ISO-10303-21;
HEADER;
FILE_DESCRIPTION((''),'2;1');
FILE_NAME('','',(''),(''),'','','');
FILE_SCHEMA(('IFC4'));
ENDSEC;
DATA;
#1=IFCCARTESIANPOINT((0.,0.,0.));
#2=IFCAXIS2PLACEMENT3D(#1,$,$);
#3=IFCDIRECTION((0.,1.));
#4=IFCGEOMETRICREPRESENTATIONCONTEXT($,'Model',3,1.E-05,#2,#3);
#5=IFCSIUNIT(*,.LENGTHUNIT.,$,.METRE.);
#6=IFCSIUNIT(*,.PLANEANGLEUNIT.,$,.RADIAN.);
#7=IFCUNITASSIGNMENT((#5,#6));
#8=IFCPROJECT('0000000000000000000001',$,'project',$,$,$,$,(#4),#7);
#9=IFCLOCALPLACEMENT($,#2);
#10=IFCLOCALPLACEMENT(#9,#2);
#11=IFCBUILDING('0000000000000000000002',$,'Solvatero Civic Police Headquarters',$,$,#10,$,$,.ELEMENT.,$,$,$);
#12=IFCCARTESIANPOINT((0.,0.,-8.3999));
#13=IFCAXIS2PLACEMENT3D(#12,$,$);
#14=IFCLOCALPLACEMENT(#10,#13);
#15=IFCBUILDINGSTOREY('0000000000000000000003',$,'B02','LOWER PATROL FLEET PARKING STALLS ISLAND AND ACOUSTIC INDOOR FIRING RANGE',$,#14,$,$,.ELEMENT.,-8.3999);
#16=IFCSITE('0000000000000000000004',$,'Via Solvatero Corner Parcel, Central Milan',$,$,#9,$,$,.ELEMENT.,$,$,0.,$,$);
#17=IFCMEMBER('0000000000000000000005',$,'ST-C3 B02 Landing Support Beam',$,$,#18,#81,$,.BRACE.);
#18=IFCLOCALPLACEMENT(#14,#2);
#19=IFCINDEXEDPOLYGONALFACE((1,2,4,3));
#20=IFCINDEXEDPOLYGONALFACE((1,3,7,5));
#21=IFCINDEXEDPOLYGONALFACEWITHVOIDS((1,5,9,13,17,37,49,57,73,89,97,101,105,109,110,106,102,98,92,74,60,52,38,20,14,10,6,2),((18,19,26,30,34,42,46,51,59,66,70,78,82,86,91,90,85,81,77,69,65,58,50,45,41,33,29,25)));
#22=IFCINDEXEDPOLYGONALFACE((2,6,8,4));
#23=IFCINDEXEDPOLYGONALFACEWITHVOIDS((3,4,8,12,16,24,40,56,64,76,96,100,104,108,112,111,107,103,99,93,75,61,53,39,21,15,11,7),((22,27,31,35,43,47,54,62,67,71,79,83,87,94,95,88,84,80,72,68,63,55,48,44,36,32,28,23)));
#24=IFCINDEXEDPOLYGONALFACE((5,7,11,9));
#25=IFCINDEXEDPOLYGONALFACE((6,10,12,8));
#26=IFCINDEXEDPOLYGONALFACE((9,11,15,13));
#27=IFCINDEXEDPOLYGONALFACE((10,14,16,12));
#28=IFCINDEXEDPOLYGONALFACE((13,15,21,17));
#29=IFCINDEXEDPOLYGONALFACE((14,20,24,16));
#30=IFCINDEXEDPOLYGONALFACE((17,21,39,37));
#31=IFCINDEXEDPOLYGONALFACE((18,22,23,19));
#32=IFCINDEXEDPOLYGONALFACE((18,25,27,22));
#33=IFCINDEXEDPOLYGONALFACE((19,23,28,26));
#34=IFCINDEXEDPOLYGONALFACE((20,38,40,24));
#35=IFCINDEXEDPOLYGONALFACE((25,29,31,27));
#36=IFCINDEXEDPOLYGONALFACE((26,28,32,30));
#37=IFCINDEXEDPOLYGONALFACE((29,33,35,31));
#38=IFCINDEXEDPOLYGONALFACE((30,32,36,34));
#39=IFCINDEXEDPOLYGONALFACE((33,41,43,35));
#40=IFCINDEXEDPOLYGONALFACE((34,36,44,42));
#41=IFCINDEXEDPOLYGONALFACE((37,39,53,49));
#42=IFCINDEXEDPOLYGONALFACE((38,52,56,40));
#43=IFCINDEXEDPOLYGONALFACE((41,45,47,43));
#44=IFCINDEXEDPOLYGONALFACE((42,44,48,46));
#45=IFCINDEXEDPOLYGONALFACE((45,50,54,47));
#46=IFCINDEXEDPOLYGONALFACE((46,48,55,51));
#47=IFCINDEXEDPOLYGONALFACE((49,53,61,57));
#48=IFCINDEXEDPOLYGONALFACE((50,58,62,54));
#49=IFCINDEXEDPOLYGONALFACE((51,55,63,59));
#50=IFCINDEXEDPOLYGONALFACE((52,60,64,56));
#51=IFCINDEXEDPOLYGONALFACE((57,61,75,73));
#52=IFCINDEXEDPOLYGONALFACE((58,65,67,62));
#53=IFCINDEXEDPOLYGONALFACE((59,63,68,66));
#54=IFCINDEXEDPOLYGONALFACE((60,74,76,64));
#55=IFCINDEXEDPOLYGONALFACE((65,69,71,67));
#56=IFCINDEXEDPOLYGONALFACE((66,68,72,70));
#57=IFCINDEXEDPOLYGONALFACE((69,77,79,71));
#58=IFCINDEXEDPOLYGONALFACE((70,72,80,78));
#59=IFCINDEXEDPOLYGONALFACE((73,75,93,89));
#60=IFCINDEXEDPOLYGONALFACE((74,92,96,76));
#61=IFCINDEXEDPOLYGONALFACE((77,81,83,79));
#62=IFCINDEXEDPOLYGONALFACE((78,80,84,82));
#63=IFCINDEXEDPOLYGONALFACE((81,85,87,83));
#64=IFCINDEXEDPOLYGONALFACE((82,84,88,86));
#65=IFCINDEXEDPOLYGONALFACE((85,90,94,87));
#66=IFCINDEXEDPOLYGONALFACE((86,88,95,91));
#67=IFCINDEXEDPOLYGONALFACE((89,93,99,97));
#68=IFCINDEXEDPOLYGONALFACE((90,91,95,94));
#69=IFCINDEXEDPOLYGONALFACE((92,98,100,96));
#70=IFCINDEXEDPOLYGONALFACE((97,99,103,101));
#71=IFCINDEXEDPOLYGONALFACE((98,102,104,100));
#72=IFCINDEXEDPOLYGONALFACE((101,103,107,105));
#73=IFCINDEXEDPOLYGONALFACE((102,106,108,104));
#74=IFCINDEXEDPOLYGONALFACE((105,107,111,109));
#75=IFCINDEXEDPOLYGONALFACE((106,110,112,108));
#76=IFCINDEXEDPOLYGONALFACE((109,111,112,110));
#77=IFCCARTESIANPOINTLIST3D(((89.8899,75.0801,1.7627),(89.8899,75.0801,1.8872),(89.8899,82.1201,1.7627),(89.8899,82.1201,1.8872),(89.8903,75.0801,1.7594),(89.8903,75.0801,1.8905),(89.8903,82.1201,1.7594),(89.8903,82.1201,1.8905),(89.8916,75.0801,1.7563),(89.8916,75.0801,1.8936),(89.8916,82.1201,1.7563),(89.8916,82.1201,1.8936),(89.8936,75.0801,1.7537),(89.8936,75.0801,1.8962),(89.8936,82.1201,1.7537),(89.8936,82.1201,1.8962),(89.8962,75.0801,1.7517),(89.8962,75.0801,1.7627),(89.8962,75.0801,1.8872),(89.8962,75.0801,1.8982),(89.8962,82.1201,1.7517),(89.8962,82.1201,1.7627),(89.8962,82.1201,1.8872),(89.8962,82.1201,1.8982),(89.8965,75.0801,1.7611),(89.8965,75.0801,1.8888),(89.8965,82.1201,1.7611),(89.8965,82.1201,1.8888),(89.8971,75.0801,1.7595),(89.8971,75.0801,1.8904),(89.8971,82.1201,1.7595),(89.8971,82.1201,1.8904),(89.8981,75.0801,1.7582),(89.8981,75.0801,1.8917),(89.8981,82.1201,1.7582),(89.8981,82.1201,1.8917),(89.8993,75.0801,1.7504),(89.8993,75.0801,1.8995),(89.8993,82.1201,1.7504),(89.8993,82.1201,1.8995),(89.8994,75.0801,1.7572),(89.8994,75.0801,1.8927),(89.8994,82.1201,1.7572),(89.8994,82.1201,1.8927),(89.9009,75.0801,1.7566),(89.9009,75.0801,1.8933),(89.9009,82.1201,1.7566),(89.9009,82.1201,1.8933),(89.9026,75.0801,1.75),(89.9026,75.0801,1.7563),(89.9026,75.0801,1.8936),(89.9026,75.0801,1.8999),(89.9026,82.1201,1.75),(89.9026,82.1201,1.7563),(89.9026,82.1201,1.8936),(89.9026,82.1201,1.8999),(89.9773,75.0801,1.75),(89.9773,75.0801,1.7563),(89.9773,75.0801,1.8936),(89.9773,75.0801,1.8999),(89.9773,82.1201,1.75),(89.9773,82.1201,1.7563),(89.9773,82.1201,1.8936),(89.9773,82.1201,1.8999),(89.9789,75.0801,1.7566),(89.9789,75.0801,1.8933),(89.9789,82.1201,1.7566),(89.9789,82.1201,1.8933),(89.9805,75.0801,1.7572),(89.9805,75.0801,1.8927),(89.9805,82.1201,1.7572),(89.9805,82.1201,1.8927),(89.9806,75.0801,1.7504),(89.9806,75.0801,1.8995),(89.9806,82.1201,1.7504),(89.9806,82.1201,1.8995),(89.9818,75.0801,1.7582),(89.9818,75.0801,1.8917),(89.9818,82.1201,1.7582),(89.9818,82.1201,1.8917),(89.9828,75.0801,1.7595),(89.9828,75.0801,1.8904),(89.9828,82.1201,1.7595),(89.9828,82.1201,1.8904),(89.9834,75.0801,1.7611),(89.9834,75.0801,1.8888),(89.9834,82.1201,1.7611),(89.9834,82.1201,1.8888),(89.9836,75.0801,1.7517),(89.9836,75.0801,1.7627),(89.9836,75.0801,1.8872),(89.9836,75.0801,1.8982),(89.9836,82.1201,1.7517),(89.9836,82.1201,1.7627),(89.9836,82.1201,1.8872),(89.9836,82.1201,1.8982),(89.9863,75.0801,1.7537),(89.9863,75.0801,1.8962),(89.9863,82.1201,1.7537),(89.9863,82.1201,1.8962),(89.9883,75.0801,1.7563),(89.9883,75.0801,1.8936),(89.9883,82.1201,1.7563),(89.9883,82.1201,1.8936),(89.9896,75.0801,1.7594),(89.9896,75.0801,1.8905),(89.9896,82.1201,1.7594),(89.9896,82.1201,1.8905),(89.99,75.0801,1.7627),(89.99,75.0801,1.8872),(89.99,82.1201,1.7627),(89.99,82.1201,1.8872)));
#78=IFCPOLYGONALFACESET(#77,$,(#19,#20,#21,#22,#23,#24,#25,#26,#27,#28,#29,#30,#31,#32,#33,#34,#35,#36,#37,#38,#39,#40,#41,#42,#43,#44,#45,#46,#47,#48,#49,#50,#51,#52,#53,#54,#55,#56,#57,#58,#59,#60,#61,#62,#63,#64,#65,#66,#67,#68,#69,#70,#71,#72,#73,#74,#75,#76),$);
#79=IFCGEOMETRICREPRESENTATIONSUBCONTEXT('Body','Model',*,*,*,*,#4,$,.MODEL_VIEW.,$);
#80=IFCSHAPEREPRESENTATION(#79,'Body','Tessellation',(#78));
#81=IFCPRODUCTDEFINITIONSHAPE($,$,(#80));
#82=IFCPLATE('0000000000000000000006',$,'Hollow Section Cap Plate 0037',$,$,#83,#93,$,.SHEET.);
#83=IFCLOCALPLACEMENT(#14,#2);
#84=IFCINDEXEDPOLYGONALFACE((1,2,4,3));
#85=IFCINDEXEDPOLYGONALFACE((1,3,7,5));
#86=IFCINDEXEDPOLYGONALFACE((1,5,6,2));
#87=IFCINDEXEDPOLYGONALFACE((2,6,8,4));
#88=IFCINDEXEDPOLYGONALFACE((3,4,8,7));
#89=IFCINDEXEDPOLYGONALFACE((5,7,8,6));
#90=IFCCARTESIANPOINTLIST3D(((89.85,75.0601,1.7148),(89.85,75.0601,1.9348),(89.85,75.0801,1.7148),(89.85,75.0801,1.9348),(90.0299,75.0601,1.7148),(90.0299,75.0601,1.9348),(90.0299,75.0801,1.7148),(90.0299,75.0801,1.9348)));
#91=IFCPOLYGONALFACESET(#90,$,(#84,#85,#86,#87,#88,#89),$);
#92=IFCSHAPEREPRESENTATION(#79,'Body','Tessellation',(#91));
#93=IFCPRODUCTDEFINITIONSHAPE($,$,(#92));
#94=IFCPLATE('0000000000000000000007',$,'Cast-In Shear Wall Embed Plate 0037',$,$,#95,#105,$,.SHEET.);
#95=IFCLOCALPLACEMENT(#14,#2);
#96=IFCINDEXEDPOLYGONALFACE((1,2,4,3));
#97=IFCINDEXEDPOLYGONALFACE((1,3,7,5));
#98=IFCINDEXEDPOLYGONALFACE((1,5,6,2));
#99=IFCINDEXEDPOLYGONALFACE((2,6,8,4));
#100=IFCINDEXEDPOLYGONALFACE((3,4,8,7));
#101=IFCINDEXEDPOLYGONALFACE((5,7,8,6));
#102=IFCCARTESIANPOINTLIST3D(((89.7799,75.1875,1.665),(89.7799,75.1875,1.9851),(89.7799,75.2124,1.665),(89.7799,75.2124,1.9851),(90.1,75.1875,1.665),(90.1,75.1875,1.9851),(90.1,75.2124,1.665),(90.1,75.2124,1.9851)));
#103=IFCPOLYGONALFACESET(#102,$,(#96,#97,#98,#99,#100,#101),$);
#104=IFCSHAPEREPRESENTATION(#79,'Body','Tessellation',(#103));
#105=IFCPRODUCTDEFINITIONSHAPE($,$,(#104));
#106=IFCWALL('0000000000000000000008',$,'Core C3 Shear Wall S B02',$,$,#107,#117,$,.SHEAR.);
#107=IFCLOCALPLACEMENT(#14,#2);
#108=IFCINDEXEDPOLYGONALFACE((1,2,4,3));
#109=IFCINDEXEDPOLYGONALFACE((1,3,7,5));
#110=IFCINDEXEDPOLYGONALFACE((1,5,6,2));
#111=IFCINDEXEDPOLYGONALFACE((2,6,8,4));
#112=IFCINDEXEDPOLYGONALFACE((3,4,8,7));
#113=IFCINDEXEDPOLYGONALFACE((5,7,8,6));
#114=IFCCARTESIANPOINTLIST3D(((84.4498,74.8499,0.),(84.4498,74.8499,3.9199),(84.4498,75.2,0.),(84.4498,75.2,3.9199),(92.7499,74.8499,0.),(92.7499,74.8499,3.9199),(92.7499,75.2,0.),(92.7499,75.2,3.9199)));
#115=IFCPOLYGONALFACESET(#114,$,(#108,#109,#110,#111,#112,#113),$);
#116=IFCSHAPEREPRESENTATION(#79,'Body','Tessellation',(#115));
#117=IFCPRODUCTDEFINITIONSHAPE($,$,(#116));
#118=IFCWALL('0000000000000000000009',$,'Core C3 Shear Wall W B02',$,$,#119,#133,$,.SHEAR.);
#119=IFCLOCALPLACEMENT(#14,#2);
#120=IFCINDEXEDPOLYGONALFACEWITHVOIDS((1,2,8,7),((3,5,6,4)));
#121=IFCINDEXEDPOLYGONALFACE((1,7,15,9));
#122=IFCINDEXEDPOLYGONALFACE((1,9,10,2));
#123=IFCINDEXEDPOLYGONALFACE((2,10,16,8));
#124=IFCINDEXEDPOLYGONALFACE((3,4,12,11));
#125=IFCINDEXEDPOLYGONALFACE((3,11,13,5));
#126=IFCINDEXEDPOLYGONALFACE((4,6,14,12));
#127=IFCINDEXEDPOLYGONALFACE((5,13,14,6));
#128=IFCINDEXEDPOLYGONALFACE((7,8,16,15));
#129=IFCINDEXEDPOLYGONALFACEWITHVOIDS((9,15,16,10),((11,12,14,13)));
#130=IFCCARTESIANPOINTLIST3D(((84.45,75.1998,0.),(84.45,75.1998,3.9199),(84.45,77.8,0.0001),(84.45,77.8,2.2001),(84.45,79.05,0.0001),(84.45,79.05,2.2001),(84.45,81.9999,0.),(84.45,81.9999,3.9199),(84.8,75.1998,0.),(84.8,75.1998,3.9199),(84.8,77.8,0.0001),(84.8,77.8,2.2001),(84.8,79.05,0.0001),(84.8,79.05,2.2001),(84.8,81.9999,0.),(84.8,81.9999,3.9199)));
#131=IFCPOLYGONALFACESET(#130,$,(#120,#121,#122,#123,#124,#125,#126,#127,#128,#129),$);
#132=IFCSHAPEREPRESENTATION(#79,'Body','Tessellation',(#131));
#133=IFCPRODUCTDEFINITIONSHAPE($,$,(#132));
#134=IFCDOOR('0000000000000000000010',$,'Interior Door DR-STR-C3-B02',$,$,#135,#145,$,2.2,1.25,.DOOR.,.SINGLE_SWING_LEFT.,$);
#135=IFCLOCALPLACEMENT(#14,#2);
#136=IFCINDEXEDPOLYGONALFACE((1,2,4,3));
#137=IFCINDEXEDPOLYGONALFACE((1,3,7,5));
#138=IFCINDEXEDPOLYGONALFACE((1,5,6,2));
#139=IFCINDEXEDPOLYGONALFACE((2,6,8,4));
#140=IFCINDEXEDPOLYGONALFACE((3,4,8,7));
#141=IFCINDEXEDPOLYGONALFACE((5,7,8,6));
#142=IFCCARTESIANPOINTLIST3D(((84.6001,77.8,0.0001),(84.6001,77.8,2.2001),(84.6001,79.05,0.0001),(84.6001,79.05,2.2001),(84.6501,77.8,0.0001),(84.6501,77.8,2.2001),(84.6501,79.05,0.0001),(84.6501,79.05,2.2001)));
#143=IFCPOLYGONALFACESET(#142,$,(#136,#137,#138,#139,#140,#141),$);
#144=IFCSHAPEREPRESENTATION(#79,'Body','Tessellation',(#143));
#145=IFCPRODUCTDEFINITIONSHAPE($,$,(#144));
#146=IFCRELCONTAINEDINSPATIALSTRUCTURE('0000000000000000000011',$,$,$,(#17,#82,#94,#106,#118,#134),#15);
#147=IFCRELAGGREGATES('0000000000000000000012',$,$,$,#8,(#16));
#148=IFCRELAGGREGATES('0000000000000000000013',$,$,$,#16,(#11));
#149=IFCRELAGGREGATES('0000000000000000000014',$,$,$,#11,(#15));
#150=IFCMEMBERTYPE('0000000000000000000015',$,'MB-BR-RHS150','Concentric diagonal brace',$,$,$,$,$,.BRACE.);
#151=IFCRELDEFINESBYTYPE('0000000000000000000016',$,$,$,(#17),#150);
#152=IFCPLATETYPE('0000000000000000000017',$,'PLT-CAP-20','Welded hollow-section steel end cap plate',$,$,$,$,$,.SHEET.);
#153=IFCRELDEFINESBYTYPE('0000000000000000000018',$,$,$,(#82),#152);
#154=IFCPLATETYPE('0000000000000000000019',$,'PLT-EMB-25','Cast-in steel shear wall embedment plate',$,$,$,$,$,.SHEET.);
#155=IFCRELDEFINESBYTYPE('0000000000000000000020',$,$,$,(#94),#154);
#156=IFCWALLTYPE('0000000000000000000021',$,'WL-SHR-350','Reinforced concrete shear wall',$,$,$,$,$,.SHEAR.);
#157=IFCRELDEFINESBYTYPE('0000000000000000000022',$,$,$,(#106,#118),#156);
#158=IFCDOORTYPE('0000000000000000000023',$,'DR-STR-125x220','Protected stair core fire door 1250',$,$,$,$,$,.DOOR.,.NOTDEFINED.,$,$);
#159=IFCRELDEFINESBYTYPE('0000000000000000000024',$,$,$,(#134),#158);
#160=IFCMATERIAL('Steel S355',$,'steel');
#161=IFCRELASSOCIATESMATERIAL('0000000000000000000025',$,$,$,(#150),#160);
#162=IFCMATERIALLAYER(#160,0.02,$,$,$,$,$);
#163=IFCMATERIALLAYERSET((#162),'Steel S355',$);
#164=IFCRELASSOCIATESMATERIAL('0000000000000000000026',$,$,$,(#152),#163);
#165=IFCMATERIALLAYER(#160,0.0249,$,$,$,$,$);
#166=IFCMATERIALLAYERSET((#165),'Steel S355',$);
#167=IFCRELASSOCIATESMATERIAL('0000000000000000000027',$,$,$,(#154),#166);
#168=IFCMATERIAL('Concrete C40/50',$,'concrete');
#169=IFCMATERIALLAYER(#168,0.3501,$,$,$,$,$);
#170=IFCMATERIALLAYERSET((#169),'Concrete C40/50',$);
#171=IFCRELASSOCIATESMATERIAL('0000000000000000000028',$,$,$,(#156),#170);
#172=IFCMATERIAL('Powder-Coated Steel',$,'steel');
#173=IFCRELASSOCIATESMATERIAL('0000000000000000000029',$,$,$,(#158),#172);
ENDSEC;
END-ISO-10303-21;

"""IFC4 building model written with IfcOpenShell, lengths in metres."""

from ifc_helpers import new_model, si_unit, direction, frame, frame_2d, origin, origin_2d, place, context, subcontext, project, spatial, rectangle, hollow_rectangle, extrude, material, layer, layer_set, material_profile, profile_set, type_object, element, fill, save


model = new_model("IFC4")

# Units and contexts
model_context = context("Model", 3, precision=1e-05, world=origin(), true_north=direction((0.0, 1.0)))
body_context = subcontext(model_context, "Body", "Model", "MODEL_VIEW")
ifc_project = project(units=[si_unit("LENGTHUNIT", "METRE"), si_unit("PLANEANGLEUNIT", "RADIAN")], contexts=[model_context])

# Site, building, storey
site_placement = place(None, origin())
site = spatial("IfcSite", under=ifc_project, at=site_placement, Name="Via Solvatero Corner Parcel, Central Milan", CompositionType="ELEMENT", RefElevation=0.0)
building_placement = place(site_placement, origin())
building = spatial("IfcBuilding", under=site, at=building_placement, Name="Solvatero Civic Police Headquarters", CompositionType="ELEMENT")
storey_placement = place(building_placement, frame((0.0, 0.0, -8.3999)))
storey = spatial("IfcBuildingStorey", under=building, at=storey_placement, Name="B02", Description="LOWER PATROL FLEET PARKING STALLS ISLAND AND ACOUSTIC INDOOR FIRING RANGE", CompositionType="ELEMENT", Elevation=-8.3999)

# Shared definitions
ifc_material_1 = material(Name="Concrete C40/50", Category="concrete")

# Member
ifc_material_2 = material(Name="Steel S355", Category="steel")
ifc_material_profile_1 = material_profile(ifc_material_2, hollow_rectangle(XDim=0.1001, YDim=0.1499, WallThickness=0.0063, InnerFilletRadius=0.0063, OuterFilletRadius=0.0127, at=origin_2d()), Name="RHS 150x100x6.3")
ifc_profile_set_1 = profile_set([ifc_material_profile_1], Name="Steel S355")
member_type = type_object("IfcMemberType", Name="MB-BR-RHS150", Description="Concentric diagonal brace", PredefinedType="BRACE", material=ifc_profile_set_1)
member_placement = place(storey_placement, frame((89.9399, 75.0801, 1.825), z_axis=(0.0, 1.0, 0.0), x_axis=(-1.0, 0.0, 0.0)))
element("IfcMember", 1, at=member_placement, inside=storey, type_object=member_type, Name="ST-C3 B02 Landing Support Beam", PredefinedType="BRACE", context=body_context, shape_type="SweptSolid", body=[
    extrude(hollow_rectangle(XDim=0.1001, YDim=0.1499, WallThickness=0.0063, InnerFilletRadius=0.0063, OuterFilletRadius=0.0127, at=origin_2d()), origin(), (0.0, 0.0, 1.0), 7.04),
])

# Plates
ifc_layer_1 = layer(ifc_material_2, 0.02)
ifc_layer_set_1 = layer_set([ifc_layer_1], Name="Steel S355")
plate_type_1 = type_object("IfcPlateType", Name="PLT-CAP-20", Description="Welded hollow-section steel end cap plate", PredefinedType="SHEET", material=ifc_layer_set_1)
plate_1_placement = place(storey_placement, frame((89.9399, 75.0701, 1.7148), z_axis=(0.0, 0.0, 1.0), x_axis=(1.0, 0.0, 0.0)))
element("IfcPlate", 2, at=plate_1_placement, inside=storey, type_object=plate_type_1, Name="Hollow Section Cap Plate 0037", PredefinedType="SHEET", context=body_context, shape_type="SweptSolid", body=[
    extrude(rectangle(XDim=0.1799, YDim=0.02, at=origin_2d()), origin(), (0.0, 0.0, 1.0), 0.22),
])
ifc_layer_2 = layer(ifc_material_2, 0.0249)
ifc_layer_set_2 = layer_set([ifc_layer_2], Name="Steel S355")
plate_type_2 = type_object("IfcPlateType", Name="PLT-EMB-25", Description="Cast-in steel shear wall embedment plate", PredefinedType="SHEET", material=ifc_layer_set_2)
plate_2_placement = place(storey_placement, frame((89.9399, 75.2, 1.665), z_axis=(0.0, 0.0, 1.0), x_axis=(1.0, 0.0, 0.0)))
element("IfcPlate", 3, at=plate_2_placement, inside=storey, type_object=plate_type_2, Name="Cast-In Shear Wall Embed Plate 0037", PredefinedType="SHEET", context=body_context, shape_type="SweptSolid", body=[
    extrude(rectangle(XDim=0.3201, YDim=0.0249, at=origin_2d()), origin(), (0.0, 0.0, 1.0), 0.3201),
])

# Wall
ifc_layer_3 = layer(ifc_material_1, 0.3501)
ifc_layer_set_3 = layer_set([ifc_layer_3], Name="Concrete C40/50")
wall_type = type_object("IfcWallType", Name="WL-SHR-350", Description="Reinforced concrete shear wall", PredefinedType="SHEAR", material=ifc_layer_set_3)
wall_1_placement = place(storey_placement, frame((84.45, 75.0249, 0.0), z_axis=(0.0, 0.0, 1.0), x_axis=(1.0, 0.0, 0.0)))
element("IfcWall", 4, at=wall_1_placement, inside=storey, type_object=wall_type, Name="Core C3 Shear Wall S B02", PredefinedType="SHEAR", context=body_context, shape_type="SweptSolid", body=[
    extrude(rectangle(XDim=8.3, YDim=0.3501, at=frame_2d((4.1499, 0.0))), origin(), (0.0, 0.0, 1.0), 3.9199),
])

# Wall, opening, door
wall_2_placement = place(storey_placement, frame((84.625, 75.2, 0.0), z_axis=(0.0, 0.0, 1.0), x_axis=(0.0, 1.0, 0.0)))
wall_2 = element("IfcWall", 5, at=wall_2_placement, inside=storey, type_object=wall_type, Name="Core C3 Shear Wall W B02", PredefinedType="SHEAR", context=body_context, shape_type="SweptSolid", body=[
    extrude(rectangle(XDim=6.8, YDim=0.3501, at=frame_2d((3.3999, 0.0))), origin(), (0.0, 0.0, 1.0), 3.9199),
])
opening_placement = place(wall_2_placement, frame((2.6001, 0.0, 0.0)))
opening = element("IfcOpeningElement", 6, at=opening_placement, cuts=wall_2, PredefinedType="OPENING", context=body_context, shape_type="SweptSolid", body=[
    extrude(rectangle(XDim=1.25, YDim=2.2, at=frame_2d((0.625, 1.1001))), frame((0.0, 0.1851, 0.0), z_axis=(0.0, -1.0, 0.0), x_axis=(1.0, 0.0, 0.0)), (0.0, 0.0, 1.0), 0.3701),
])
ifc_material_3 = material(Name="Powder-Coated Steel", Category="steel")
door_type = type_object("IfcDoorType", Name="DR-STR-125x220", Description="Protected stair core fire door 1250", OperationType="NOTDEFINED", PredefinedType="DOOR", material=ifc_material_3)
door_placement = place(opening_placement, origin())
door = element("IfcDoor", 7, at=door_placement, inside=storey, type_object=door_type, Name="Interior Door DR-STR-C3-B02", OperationType="SINGLE_SWING_LEFT", OverallHeight=2.2, OverallWidth=1.25, PredefinedType="DOOR", context=body_context, shape_type="SweptSolid", body=[
    extrude(rectangle(XDim=1.25, YDim=2.2, at=frame_2d((0.625, 1.1001))), frame((0.0, 0.0249, 0.0), z_axis=(0.0, -1.0, 0.0), x_axis=(1.0, 0.0, 0.0)), (0.0, 0.0, 1.0), 0.05),
])
fill(opening, door)

save(model, "model.ifc")
